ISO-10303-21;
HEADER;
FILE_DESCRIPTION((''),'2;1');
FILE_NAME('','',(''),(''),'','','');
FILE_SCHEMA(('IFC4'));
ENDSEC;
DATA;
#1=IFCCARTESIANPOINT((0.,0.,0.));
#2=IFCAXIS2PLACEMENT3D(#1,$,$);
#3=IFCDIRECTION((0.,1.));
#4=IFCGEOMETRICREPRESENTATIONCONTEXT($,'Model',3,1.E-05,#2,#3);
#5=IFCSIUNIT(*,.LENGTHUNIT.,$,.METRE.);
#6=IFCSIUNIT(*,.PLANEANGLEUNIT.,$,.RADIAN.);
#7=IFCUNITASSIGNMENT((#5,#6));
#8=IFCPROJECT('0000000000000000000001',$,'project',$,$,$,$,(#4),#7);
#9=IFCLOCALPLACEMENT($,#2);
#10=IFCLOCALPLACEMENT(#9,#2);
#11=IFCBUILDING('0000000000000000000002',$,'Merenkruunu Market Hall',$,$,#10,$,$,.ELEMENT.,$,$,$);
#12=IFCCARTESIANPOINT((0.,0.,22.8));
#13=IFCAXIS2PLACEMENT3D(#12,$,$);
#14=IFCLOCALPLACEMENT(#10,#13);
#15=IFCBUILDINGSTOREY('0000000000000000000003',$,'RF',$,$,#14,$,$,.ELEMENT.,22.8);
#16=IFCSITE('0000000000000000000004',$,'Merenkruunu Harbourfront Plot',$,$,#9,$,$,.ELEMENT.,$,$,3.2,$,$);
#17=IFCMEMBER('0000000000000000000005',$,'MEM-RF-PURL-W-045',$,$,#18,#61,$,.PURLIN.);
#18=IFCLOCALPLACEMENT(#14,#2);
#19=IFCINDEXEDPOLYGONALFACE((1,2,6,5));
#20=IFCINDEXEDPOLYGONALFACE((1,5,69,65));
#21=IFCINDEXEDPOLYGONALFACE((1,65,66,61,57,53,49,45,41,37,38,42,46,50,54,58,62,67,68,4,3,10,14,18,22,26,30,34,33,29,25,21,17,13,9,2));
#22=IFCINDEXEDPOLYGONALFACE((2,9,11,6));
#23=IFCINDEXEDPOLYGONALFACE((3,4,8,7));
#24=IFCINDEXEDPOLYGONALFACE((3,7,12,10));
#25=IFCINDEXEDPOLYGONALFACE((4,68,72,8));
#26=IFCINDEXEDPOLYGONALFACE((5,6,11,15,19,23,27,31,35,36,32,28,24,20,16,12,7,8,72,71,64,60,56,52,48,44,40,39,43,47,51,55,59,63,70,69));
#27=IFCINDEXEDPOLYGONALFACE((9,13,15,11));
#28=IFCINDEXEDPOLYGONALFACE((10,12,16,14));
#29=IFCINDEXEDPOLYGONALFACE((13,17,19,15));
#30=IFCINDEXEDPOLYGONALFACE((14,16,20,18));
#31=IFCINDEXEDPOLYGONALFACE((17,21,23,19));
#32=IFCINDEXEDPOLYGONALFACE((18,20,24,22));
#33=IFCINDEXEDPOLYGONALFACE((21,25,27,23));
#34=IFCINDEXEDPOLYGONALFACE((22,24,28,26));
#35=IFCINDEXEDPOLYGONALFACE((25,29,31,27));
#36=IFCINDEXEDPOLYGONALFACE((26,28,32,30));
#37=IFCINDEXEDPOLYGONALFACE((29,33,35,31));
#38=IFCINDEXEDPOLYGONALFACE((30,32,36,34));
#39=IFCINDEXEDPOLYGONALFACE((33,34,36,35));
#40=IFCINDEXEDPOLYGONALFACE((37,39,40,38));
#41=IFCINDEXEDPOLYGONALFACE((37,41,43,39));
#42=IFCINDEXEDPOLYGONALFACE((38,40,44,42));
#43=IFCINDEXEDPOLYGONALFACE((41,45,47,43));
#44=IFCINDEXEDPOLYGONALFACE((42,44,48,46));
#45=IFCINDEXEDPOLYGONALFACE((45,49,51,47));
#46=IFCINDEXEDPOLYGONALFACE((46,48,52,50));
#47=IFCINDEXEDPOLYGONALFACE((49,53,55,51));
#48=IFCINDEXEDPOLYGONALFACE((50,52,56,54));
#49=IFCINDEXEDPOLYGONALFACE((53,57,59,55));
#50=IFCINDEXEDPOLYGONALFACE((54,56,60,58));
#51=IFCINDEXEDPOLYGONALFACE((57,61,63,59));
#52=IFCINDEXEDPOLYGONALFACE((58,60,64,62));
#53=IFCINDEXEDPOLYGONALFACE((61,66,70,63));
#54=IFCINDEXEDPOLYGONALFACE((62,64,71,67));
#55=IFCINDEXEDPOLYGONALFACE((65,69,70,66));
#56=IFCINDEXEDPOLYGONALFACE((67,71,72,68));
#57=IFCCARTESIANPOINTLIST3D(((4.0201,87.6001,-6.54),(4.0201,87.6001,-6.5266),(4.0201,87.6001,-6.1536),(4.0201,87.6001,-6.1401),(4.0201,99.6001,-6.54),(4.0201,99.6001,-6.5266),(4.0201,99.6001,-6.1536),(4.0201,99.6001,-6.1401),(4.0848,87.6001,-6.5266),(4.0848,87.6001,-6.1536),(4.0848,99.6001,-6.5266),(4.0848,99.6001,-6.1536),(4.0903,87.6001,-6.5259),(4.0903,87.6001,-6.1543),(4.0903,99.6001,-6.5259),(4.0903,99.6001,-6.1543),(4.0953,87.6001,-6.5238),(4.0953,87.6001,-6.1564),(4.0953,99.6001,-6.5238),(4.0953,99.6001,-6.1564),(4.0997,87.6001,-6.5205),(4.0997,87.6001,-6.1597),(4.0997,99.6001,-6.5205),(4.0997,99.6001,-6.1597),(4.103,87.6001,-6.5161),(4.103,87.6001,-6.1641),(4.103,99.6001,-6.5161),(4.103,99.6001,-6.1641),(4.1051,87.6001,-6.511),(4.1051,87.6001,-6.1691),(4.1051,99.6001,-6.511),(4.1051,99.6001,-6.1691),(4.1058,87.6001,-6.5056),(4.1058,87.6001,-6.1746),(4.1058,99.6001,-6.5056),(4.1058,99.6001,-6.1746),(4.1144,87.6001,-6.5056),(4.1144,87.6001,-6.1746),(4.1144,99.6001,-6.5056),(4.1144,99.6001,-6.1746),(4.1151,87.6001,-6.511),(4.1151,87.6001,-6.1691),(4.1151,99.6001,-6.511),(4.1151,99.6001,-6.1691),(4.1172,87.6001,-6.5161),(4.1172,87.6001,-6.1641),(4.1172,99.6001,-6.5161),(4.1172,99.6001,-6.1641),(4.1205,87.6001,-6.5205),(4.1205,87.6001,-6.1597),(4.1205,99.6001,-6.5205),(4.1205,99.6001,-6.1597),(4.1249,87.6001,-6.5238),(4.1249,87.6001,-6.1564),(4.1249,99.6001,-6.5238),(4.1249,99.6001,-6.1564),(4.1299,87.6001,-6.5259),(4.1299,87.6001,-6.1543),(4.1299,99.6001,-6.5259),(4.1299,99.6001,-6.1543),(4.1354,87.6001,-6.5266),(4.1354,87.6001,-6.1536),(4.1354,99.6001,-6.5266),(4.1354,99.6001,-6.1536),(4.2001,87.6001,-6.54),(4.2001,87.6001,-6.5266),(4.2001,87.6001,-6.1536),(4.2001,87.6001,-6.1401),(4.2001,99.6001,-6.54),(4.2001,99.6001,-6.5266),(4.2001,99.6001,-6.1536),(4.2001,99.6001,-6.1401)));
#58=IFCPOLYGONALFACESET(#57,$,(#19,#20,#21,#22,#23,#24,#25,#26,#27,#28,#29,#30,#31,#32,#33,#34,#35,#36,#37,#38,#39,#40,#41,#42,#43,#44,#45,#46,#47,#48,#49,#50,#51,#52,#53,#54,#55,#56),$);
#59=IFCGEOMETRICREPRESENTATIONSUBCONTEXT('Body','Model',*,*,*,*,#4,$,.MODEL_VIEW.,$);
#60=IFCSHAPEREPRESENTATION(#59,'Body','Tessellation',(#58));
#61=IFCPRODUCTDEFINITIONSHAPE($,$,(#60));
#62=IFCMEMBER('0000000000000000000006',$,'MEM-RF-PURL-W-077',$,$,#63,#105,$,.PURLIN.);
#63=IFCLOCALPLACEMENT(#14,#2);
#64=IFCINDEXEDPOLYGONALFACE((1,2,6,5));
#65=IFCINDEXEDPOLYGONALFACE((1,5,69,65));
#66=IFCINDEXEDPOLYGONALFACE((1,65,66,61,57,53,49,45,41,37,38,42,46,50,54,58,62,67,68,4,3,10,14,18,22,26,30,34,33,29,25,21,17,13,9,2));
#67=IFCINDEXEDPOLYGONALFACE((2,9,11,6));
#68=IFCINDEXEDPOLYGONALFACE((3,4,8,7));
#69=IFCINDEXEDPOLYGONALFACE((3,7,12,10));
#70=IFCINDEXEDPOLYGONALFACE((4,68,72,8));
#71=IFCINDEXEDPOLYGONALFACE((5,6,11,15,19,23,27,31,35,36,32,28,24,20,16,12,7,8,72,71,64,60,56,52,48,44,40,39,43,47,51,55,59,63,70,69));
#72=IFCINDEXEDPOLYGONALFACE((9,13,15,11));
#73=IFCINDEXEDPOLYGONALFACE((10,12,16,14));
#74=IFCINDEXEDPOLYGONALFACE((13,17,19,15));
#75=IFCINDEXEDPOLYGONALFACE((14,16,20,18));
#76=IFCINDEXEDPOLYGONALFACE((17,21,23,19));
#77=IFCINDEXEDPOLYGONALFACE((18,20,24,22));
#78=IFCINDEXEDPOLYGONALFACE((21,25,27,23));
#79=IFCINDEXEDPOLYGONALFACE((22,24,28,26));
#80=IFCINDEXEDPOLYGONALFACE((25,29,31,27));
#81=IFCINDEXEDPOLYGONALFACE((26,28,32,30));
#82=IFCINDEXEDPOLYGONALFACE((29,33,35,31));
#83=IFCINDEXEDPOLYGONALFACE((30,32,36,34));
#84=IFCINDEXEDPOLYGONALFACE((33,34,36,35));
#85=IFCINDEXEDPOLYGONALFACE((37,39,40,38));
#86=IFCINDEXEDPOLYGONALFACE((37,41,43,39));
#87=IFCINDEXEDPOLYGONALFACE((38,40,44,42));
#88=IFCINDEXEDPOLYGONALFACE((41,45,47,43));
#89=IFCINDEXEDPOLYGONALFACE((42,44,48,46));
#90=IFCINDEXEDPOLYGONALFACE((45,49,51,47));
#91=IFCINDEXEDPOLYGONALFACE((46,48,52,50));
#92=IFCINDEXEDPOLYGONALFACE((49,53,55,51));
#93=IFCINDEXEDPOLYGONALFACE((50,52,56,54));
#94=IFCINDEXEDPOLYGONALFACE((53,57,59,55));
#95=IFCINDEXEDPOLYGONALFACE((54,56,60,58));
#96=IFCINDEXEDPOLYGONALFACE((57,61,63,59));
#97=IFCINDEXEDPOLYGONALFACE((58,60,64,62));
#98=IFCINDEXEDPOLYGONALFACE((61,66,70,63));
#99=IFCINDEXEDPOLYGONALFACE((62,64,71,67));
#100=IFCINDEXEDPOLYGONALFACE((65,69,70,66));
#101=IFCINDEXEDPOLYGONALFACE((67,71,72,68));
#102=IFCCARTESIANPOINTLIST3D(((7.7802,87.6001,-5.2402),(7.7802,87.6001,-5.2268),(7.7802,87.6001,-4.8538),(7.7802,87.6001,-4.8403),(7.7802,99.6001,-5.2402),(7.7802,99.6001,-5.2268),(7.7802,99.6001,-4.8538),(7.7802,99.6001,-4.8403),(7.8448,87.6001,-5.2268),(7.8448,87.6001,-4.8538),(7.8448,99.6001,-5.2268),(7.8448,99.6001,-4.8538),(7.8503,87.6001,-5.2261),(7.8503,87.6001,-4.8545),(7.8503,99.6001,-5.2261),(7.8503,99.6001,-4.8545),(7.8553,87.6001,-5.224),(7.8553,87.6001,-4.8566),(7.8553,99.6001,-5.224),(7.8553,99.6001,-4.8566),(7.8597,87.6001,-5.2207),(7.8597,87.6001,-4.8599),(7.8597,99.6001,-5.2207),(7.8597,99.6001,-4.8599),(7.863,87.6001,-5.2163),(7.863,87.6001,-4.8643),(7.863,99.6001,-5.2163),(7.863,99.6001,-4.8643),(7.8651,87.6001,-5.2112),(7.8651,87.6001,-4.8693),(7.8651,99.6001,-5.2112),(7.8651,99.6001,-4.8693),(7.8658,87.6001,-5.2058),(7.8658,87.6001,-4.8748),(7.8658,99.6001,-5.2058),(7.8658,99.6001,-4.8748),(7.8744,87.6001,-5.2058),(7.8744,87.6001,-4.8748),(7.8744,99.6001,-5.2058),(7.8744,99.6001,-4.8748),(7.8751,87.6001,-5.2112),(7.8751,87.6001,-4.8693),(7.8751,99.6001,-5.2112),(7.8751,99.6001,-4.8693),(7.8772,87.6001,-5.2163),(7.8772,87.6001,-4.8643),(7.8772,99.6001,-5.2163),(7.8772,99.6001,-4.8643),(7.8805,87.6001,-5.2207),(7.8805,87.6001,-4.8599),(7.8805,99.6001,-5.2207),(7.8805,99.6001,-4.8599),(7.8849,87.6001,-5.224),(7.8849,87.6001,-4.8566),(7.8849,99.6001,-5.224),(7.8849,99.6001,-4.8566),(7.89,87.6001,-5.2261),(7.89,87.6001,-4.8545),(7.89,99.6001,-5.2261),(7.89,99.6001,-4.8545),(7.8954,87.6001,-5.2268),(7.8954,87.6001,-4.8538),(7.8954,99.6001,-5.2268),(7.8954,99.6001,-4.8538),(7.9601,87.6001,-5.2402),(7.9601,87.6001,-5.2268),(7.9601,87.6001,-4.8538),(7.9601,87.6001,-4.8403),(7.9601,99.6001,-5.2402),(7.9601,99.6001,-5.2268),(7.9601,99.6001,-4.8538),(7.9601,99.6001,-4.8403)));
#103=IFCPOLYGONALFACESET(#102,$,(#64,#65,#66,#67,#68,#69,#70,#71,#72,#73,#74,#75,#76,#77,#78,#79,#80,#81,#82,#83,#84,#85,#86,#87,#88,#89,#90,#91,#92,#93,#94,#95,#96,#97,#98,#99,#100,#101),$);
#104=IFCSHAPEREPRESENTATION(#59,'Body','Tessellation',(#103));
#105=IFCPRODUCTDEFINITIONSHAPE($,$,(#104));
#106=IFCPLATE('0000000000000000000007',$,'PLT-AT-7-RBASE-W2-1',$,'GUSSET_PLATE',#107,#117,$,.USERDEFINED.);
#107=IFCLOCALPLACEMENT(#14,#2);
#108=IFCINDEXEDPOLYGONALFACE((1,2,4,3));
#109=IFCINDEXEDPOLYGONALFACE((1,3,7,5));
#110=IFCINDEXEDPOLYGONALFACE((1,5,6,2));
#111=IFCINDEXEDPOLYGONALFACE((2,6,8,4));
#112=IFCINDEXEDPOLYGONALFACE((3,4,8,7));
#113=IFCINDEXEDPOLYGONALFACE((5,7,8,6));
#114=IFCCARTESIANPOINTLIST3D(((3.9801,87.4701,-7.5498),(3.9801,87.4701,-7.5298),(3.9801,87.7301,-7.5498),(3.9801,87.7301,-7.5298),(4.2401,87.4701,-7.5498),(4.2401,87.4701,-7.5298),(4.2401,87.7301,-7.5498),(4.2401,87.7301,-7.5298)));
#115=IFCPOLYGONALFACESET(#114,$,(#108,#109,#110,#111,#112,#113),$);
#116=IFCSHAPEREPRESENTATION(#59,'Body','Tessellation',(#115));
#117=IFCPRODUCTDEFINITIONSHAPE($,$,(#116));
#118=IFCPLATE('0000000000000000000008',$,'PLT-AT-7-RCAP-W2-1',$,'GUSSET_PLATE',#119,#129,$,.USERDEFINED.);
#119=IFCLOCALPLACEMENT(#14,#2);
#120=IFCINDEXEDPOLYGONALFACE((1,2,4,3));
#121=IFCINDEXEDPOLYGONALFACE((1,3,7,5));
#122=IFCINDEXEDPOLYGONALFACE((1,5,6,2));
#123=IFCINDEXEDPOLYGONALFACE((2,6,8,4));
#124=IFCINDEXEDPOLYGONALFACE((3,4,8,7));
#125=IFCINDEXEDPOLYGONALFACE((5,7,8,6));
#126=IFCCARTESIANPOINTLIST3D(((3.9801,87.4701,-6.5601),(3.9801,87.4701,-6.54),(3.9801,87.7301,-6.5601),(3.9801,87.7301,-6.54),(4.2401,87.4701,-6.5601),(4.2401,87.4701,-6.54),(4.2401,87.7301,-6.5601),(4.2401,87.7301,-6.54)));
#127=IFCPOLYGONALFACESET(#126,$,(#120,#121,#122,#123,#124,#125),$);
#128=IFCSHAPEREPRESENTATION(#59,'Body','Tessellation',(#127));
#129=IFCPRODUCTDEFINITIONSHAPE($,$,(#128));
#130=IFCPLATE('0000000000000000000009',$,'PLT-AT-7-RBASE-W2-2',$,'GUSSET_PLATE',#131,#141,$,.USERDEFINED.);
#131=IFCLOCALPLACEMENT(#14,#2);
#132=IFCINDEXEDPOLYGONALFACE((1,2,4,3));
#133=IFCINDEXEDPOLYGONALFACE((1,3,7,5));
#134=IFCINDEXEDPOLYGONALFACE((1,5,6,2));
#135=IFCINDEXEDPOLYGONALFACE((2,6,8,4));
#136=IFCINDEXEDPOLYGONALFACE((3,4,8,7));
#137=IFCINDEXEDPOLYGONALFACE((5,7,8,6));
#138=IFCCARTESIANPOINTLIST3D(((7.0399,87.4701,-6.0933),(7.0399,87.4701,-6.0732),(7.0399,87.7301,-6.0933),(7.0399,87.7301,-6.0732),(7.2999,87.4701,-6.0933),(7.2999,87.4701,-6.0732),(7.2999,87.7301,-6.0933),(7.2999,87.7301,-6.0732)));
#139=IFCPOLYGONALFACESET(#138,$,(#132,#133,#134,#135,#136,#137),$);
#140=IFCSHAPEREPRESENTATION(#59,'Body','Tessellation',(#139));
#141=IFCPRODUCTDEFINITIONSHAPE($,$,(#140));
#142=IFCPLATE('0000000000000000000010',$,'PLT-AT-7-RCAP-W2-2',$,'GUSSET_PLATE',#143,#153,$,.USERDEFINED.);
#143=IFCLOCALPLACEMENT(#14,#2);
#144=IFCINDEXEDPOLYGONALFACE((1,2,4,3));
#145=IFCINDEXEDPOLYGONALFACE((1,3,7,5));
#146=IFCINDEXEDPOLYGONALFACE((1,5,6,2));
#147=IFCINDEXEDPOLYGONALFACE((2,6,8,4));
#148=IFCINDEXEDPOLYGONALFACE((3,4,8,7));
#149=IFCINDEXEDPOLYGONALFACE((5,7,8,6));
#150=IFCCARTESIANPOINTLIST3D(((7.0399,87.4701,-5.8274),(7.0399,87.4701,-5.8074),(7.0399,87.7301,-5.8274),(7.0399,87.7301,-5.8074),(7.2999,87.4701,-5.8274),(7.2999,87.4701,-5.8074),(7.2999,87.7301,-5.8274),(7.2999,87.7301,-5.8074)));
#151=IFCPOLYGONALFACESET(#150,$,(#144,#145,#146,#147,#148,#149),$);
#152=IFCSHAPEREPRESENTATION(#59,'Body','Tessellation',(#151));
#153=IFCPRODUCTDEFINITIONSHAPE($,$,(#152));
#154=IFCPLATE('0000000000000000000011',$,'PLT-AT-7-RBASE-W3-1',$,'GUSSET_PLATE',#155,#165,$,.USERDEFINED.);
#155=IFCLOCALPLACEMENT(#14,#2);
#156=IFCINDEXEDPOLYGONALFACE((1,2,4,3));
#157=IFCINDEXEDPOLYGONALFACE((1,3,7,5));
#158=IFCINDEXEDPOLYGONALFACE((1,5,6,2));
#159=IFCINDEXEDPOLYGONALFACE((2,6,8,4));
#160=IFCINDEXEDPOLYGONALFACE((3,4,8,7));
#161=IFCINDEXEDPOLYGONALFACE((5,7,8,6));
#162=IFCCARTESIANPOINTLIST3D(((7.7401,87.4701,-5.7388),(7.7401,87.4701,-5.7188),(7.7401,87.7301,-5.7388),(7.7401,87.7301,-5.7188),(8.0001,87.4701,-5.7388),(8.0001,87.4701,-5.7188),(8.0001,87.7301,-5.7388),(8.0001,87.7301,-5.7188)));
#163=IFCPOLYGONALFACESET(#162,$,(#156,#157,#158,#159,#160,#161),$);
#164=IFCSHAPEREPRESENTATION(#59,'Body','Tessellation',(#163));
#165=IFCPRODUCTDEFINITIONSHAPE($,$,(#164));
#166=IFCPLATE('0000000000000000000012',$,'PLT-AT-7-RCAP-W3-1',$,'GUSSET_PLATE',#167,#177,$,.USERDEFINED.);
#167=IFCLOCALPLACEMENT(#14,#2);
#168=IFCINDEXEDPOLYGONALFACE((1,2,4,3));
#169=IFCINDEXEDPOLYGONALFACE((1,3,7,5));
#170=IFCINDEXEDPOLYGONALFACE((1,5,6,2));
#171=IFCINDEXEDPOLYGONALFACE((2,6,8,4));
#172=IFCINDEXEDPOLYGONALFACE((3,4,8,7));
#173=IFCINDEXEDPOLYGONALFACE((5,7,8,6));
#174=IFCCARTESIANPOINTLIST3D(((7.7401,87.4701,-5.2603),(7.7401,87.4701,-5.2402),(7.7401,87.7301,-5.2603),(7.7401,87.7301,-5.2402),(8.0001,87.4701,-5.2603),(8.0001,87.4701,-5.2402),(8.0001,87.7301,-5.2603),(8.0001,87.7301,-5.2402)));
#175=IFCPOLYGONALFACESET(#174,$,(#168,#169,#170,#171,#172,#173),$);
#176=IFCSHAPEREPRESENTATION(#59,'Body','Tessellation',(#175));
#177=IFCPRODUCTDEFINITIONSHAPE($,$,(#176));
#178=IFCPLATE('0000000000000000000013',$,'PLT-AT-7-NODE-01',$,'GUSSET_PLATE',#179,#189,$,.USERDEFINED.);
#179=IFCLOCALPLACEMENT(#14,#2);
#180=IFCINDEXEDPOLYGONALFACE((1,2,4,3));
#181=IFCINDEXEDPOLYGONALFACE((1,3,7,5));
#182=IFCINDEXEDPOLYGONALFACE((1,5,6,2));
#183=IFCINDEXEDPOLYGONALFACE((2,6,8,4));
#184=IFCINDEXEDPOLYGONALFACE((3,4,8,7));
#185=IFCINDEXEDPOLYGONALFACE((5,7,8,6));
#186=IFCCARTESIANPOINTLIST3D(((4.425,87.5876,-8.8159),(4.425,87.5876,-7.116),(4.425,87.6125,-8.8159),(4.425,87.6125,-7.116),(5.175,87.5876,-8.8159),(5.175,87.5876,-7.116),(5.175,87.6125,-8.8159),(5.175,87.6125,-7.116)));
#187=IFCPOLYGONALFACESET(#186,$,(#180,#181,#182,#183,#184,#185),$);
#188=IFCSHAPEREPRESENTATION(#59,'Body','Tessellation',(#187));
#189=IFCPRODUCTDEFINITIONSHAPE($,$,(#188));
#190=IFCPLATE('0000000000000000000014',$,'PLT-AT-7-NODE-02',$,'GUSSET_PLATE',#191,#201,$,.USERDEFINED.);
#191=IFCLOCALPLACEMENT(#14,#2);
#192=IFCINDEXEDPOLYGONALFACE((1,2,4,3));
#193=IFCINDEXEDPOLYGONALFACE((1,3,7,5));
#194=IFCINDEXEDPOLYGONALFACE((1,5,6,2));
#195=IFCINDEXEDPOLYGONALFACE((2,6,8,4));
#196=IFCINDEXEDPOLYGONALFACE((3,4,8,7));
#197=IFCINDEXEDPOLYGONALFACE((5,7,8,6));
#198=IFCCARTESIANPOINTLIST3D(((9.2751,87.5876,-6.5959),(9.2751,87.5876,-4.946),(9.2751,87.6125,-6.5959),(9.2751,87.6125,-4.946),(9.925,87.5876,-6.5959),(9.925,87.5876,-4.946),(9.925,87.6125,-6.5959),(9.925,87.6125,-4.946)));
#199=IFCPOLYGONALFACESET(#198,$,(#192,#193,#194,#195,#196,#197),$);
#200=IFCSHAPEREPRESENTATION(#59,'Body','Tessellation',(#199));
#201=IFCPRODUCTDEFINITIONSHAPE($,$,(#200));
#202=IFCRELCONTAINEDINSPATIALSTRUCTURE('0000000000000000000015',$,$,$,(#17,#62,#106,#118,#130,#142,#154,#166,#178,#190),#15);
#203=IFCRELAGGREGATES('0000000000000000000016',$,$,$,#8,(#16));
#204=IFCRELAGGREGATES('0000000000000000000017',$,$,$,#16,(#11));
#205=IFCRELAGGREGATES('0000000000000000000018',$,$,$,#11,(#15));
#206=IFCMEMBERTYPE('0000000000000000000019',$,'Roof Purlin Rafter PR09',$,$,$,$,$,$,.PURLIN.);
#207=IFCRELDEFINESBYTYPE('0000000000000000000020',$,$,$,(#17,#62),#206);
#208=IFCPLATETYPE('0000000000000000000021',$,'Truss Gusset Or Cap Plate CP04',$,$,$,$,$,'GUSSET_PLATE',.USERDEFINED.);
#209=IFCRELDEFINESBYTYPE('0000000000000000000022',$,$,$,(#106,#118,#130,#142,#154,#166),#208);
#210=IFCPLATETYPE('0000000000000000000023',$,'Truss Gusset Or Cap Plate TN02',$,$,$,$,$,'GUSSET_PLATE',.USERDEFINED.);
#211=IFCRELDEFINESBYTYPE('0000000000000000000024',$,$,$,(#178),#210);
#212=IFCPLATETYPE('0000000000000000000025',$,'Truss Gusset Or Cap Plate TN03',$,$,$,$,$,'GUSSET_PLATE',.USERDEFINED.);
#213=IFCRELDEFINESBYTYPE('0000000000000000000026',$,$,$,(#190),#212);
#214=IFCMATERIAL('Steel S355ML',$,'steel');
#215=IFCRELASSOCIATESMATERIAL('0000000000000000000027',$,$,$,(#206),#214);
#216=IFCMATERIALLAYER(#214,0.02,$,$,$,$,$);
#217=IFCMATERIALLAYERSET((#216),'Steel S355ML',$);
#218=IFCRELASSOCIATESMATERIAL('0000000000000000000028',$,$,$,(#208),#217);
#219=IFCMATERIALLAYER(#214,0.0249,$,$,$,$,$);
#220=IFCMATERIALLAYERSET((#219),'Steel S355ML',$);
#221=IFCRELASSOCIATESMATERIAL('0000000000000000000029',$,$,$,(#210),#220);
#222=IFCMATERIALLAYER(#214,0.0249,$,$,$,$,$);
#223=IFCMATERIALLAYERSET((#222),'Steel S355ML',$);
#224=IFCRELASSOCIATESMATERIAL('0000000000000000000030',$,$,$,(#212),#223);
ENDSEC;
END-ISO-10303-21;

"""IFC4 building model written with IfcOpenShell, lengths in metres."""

from ifc_helpers import new_model, si_unit, direction, frame, origin, origin_2d, place, context, subcontext, project, spatial, rectangle, i_section, extrude, material, layer, layer_set, material_profile, profile_set, type_object, element, save


model = new_model("IFC4")

# Units and contexts
model_context = context("Model", 3, precision=1e-05, world=origin(), true_north=direction((0.0, 1.0)))
body_context = subcontext(model_context, "Body", "Model", "MODEL_VIEW")
ifc_project = project(units=[si_unit("LENGTHUNIT", "METRE"), si_unit("PLANEANGLEUNIT", "RADIAN")], contexts=[model_context])

# Site, building, storey
site_placement = place(None, origin())
site = spatial("IfcSite", under=ifc_project, at=site_placement, Name="Merenkruunu Harbourfront Plot", CompositionType="ELEMENT", RefElevation=3.2)
building_placement = place(site_placement, origin())
building = spatial("IfcBuilding", under=site, at=building_placement, Name="Merenkruunu Market Hall", CompositionType="ELEMENT")
storey_placement = place(building_placement, frame((0.0, 0.0, 22.8)))
storey = spatial("IfcBuildingStorey", under=building, at=storey_placement, Name="RF", CompositionType="ELEMENT", Elevation=22.8)

# Shared definitions
ifc_material_1 = material(Name="Steel S355ML", Category="steel")

# Members
ifc_material_profile_1 = material_profile(ifc_material_1, i_section(OverallWidth=0.1799, OverallDepth=0.3999, WebThickness=0.0085, FlangeThickness=0.0134, FilletRadius=0.021, at=origin_2d()), Name="IPE 400")
ifc_profile_set_1 = profile_set([ifc_material_profile_1], Name="Steel S355ML")
member_type_1 = type_object("IfcMemberType", Name="Roof Purlin Rafter PR09", PredefinedType="PURLIN", material=ifc_profile_set_1)
for number, where, z_axis, x_axis, name in (
    (1, (4.1101, 87.6001, -6.3401), (0.0, 1.0, 0.0), (-1.0, 0.0, 0.0), "MEM-RF-PURL-W-045"),
    (2, (7.8701, 87.6001, -5.0403), (0.0, 1.0, 0.0), (-1.0, 0.0, 0.0), "MEM-RF-PURL-W-077"),
):
    element("IfcMember", number, at=place(storey_placement, frame(where, z_axis=z_axis, x_axis=x_axis)), inside=storey, type_object=member_type_1, Name=name, PredefinedType="PURLIN", context=body_context, shape_type="SweptSolid", body=[
        extrude(i_section(OverallWidth=0.1799, OverallDepth=0.3999, WebThickness=0.0085, FlangeThickness=0.0134, FilletRadius=0.021, at=origin_2d()), origin(), (0.0, 0.0, 1.0), 12.0),
    ])

# Plates
ifc_layer_1 = layer(ifc_material_1, 0.02)
ifc_layer_set_1 = layer_set([ifc_layer_1], Name="Steel S355ML")
plate_type_1 = type_object("IfcPlateType", Name="Truss Gusset Or Cap Plate CP04", ElementType="GUSSET_PLATE", PredefinedType="USERDEFINED", material=ifc_layer_set_1)
for number, where, z_axis, x_axis, name in (
    (3, (4.1101, 87.6001, -7.5498), (0.0, 0.0, 1.0), (1.0, 0.0, 0.0), "PLT-AT-7-RBASE-W2-1"),
    (4, (4.1101, 87.6001, -6.5601), (0.0, 0.0, 1.0), (1.0, 0.0, 0.0), "PLT-AT-7-RCAP-W2-1"),
    (5, (7.1699, 87.6001, -6.0933), (0.0, 0.0, 1.0), (1.0, 0.0, 0.0), "PLT-AT-7-RBASE-W2-2"),
    (6, (7.1699, 87.6001, -5.8274), (0.0, 0.0, 1.0), (1.0, 0.0, 0.0), "PLT-AT-7-RCAP-W2-2"),
    (7, (7.8701, 87.6001, -5.7388), (0.0, 0.0, 1.0), (1.0, 0.0, 0.0), "PLT-AT-7-RBASE-W3-1"),
    (8, (7.8701, 87.6001, -5.2603), (0.0, 0.0, 1.0), (1.0, 0.0, 0.0), "PLT-AT-7-RCAP-W3-1"),
):
    element("IfcPlate", number, at=place(storey_placement, frame(where, z_axis=z_axis, x_axis=x_axis)), inside=storey, type_object=plate_type_1, Name=name, ObjectType="GUSSET_PLATE", PredefinedType="USERDEFINED", context=body_context, shape_type="SweptSolid", body=[
        extrude(rectangle(XDim=0.26, YDim=0.26, at=origin_2d()), origin(), (0.0, 0.0, 1.0), 0.02),
    ])
ifc_layer_2 = layer(ifc_material_1, 0.0249)
ifc_layer_set_2 = layer_set([ifc_layer_2], Name="Steel S355ML")
plate_type_2 = type_object("IfcPlateType", Name="Truss Gusset Or Cap Plate TN02", ElementType="GUSSET_PLATE", PredefinedType="USERDEFINED", material=ifc_layer_set_2)
plate_1_placement = place(storey_placement, frame((4.8, 87.6001, -8.8159), z_axis=(0.0, 0.0, 1.0), x_axis=(1.0, 0.0, 0.0)))
element("IfcPlate", 9, at=plate_1_placement, inside=storey, type_object=plate_type_2, Name="PLT-AT-7-NODE-01", ObjectType="GUSSET_PLATE", PredefinedType="USERDEFINED", context=body_context, shape_type="SweptSolid", body=[
    extrude(rectangle(XDim=0.75, YDim=0.0249, at=origin_2d()), origin(), (0.0, 0.0, 1.0), 1.7),
])
ifc_layer_3 = layer(ifc_material_1, 0.0249)
ifc_layer_set_3 = layer_set([ifc_layer_3], Name="Steel S355ML")
plate_type_3 = type_object("IfcPlateType", Name="Truss Gusset Or Cap Plate TN03", ElementType="GUSSET_PLATE", PredefinedType="USERDEFINED", material=ifc_layer_set_3)
plate_2_placement = place(storey_placement, frame((9.6001, 87.6001, -6.5959), z_axis=(0.0, 0.0, 1.0), x_axis=(1.0, 0.0, 0.0)))
element("IfcPlate", 10, at=plate_2_placement, inside=storey, type_object=plate_type_3, Name="PLT-AT-7-NODE-02", ObjectType="GUSSET_PLATE", PredefinedType="USERDEFINED", context=body_context, shape_type="SweptSolid", body=[
    extrude(rectangle(XDim=0.6499, YDim=0.0249, at=origin_2d()), origin(), (0.0, 0.0, 1.0), 1.6499),
])

save(model, "model.ifc")
